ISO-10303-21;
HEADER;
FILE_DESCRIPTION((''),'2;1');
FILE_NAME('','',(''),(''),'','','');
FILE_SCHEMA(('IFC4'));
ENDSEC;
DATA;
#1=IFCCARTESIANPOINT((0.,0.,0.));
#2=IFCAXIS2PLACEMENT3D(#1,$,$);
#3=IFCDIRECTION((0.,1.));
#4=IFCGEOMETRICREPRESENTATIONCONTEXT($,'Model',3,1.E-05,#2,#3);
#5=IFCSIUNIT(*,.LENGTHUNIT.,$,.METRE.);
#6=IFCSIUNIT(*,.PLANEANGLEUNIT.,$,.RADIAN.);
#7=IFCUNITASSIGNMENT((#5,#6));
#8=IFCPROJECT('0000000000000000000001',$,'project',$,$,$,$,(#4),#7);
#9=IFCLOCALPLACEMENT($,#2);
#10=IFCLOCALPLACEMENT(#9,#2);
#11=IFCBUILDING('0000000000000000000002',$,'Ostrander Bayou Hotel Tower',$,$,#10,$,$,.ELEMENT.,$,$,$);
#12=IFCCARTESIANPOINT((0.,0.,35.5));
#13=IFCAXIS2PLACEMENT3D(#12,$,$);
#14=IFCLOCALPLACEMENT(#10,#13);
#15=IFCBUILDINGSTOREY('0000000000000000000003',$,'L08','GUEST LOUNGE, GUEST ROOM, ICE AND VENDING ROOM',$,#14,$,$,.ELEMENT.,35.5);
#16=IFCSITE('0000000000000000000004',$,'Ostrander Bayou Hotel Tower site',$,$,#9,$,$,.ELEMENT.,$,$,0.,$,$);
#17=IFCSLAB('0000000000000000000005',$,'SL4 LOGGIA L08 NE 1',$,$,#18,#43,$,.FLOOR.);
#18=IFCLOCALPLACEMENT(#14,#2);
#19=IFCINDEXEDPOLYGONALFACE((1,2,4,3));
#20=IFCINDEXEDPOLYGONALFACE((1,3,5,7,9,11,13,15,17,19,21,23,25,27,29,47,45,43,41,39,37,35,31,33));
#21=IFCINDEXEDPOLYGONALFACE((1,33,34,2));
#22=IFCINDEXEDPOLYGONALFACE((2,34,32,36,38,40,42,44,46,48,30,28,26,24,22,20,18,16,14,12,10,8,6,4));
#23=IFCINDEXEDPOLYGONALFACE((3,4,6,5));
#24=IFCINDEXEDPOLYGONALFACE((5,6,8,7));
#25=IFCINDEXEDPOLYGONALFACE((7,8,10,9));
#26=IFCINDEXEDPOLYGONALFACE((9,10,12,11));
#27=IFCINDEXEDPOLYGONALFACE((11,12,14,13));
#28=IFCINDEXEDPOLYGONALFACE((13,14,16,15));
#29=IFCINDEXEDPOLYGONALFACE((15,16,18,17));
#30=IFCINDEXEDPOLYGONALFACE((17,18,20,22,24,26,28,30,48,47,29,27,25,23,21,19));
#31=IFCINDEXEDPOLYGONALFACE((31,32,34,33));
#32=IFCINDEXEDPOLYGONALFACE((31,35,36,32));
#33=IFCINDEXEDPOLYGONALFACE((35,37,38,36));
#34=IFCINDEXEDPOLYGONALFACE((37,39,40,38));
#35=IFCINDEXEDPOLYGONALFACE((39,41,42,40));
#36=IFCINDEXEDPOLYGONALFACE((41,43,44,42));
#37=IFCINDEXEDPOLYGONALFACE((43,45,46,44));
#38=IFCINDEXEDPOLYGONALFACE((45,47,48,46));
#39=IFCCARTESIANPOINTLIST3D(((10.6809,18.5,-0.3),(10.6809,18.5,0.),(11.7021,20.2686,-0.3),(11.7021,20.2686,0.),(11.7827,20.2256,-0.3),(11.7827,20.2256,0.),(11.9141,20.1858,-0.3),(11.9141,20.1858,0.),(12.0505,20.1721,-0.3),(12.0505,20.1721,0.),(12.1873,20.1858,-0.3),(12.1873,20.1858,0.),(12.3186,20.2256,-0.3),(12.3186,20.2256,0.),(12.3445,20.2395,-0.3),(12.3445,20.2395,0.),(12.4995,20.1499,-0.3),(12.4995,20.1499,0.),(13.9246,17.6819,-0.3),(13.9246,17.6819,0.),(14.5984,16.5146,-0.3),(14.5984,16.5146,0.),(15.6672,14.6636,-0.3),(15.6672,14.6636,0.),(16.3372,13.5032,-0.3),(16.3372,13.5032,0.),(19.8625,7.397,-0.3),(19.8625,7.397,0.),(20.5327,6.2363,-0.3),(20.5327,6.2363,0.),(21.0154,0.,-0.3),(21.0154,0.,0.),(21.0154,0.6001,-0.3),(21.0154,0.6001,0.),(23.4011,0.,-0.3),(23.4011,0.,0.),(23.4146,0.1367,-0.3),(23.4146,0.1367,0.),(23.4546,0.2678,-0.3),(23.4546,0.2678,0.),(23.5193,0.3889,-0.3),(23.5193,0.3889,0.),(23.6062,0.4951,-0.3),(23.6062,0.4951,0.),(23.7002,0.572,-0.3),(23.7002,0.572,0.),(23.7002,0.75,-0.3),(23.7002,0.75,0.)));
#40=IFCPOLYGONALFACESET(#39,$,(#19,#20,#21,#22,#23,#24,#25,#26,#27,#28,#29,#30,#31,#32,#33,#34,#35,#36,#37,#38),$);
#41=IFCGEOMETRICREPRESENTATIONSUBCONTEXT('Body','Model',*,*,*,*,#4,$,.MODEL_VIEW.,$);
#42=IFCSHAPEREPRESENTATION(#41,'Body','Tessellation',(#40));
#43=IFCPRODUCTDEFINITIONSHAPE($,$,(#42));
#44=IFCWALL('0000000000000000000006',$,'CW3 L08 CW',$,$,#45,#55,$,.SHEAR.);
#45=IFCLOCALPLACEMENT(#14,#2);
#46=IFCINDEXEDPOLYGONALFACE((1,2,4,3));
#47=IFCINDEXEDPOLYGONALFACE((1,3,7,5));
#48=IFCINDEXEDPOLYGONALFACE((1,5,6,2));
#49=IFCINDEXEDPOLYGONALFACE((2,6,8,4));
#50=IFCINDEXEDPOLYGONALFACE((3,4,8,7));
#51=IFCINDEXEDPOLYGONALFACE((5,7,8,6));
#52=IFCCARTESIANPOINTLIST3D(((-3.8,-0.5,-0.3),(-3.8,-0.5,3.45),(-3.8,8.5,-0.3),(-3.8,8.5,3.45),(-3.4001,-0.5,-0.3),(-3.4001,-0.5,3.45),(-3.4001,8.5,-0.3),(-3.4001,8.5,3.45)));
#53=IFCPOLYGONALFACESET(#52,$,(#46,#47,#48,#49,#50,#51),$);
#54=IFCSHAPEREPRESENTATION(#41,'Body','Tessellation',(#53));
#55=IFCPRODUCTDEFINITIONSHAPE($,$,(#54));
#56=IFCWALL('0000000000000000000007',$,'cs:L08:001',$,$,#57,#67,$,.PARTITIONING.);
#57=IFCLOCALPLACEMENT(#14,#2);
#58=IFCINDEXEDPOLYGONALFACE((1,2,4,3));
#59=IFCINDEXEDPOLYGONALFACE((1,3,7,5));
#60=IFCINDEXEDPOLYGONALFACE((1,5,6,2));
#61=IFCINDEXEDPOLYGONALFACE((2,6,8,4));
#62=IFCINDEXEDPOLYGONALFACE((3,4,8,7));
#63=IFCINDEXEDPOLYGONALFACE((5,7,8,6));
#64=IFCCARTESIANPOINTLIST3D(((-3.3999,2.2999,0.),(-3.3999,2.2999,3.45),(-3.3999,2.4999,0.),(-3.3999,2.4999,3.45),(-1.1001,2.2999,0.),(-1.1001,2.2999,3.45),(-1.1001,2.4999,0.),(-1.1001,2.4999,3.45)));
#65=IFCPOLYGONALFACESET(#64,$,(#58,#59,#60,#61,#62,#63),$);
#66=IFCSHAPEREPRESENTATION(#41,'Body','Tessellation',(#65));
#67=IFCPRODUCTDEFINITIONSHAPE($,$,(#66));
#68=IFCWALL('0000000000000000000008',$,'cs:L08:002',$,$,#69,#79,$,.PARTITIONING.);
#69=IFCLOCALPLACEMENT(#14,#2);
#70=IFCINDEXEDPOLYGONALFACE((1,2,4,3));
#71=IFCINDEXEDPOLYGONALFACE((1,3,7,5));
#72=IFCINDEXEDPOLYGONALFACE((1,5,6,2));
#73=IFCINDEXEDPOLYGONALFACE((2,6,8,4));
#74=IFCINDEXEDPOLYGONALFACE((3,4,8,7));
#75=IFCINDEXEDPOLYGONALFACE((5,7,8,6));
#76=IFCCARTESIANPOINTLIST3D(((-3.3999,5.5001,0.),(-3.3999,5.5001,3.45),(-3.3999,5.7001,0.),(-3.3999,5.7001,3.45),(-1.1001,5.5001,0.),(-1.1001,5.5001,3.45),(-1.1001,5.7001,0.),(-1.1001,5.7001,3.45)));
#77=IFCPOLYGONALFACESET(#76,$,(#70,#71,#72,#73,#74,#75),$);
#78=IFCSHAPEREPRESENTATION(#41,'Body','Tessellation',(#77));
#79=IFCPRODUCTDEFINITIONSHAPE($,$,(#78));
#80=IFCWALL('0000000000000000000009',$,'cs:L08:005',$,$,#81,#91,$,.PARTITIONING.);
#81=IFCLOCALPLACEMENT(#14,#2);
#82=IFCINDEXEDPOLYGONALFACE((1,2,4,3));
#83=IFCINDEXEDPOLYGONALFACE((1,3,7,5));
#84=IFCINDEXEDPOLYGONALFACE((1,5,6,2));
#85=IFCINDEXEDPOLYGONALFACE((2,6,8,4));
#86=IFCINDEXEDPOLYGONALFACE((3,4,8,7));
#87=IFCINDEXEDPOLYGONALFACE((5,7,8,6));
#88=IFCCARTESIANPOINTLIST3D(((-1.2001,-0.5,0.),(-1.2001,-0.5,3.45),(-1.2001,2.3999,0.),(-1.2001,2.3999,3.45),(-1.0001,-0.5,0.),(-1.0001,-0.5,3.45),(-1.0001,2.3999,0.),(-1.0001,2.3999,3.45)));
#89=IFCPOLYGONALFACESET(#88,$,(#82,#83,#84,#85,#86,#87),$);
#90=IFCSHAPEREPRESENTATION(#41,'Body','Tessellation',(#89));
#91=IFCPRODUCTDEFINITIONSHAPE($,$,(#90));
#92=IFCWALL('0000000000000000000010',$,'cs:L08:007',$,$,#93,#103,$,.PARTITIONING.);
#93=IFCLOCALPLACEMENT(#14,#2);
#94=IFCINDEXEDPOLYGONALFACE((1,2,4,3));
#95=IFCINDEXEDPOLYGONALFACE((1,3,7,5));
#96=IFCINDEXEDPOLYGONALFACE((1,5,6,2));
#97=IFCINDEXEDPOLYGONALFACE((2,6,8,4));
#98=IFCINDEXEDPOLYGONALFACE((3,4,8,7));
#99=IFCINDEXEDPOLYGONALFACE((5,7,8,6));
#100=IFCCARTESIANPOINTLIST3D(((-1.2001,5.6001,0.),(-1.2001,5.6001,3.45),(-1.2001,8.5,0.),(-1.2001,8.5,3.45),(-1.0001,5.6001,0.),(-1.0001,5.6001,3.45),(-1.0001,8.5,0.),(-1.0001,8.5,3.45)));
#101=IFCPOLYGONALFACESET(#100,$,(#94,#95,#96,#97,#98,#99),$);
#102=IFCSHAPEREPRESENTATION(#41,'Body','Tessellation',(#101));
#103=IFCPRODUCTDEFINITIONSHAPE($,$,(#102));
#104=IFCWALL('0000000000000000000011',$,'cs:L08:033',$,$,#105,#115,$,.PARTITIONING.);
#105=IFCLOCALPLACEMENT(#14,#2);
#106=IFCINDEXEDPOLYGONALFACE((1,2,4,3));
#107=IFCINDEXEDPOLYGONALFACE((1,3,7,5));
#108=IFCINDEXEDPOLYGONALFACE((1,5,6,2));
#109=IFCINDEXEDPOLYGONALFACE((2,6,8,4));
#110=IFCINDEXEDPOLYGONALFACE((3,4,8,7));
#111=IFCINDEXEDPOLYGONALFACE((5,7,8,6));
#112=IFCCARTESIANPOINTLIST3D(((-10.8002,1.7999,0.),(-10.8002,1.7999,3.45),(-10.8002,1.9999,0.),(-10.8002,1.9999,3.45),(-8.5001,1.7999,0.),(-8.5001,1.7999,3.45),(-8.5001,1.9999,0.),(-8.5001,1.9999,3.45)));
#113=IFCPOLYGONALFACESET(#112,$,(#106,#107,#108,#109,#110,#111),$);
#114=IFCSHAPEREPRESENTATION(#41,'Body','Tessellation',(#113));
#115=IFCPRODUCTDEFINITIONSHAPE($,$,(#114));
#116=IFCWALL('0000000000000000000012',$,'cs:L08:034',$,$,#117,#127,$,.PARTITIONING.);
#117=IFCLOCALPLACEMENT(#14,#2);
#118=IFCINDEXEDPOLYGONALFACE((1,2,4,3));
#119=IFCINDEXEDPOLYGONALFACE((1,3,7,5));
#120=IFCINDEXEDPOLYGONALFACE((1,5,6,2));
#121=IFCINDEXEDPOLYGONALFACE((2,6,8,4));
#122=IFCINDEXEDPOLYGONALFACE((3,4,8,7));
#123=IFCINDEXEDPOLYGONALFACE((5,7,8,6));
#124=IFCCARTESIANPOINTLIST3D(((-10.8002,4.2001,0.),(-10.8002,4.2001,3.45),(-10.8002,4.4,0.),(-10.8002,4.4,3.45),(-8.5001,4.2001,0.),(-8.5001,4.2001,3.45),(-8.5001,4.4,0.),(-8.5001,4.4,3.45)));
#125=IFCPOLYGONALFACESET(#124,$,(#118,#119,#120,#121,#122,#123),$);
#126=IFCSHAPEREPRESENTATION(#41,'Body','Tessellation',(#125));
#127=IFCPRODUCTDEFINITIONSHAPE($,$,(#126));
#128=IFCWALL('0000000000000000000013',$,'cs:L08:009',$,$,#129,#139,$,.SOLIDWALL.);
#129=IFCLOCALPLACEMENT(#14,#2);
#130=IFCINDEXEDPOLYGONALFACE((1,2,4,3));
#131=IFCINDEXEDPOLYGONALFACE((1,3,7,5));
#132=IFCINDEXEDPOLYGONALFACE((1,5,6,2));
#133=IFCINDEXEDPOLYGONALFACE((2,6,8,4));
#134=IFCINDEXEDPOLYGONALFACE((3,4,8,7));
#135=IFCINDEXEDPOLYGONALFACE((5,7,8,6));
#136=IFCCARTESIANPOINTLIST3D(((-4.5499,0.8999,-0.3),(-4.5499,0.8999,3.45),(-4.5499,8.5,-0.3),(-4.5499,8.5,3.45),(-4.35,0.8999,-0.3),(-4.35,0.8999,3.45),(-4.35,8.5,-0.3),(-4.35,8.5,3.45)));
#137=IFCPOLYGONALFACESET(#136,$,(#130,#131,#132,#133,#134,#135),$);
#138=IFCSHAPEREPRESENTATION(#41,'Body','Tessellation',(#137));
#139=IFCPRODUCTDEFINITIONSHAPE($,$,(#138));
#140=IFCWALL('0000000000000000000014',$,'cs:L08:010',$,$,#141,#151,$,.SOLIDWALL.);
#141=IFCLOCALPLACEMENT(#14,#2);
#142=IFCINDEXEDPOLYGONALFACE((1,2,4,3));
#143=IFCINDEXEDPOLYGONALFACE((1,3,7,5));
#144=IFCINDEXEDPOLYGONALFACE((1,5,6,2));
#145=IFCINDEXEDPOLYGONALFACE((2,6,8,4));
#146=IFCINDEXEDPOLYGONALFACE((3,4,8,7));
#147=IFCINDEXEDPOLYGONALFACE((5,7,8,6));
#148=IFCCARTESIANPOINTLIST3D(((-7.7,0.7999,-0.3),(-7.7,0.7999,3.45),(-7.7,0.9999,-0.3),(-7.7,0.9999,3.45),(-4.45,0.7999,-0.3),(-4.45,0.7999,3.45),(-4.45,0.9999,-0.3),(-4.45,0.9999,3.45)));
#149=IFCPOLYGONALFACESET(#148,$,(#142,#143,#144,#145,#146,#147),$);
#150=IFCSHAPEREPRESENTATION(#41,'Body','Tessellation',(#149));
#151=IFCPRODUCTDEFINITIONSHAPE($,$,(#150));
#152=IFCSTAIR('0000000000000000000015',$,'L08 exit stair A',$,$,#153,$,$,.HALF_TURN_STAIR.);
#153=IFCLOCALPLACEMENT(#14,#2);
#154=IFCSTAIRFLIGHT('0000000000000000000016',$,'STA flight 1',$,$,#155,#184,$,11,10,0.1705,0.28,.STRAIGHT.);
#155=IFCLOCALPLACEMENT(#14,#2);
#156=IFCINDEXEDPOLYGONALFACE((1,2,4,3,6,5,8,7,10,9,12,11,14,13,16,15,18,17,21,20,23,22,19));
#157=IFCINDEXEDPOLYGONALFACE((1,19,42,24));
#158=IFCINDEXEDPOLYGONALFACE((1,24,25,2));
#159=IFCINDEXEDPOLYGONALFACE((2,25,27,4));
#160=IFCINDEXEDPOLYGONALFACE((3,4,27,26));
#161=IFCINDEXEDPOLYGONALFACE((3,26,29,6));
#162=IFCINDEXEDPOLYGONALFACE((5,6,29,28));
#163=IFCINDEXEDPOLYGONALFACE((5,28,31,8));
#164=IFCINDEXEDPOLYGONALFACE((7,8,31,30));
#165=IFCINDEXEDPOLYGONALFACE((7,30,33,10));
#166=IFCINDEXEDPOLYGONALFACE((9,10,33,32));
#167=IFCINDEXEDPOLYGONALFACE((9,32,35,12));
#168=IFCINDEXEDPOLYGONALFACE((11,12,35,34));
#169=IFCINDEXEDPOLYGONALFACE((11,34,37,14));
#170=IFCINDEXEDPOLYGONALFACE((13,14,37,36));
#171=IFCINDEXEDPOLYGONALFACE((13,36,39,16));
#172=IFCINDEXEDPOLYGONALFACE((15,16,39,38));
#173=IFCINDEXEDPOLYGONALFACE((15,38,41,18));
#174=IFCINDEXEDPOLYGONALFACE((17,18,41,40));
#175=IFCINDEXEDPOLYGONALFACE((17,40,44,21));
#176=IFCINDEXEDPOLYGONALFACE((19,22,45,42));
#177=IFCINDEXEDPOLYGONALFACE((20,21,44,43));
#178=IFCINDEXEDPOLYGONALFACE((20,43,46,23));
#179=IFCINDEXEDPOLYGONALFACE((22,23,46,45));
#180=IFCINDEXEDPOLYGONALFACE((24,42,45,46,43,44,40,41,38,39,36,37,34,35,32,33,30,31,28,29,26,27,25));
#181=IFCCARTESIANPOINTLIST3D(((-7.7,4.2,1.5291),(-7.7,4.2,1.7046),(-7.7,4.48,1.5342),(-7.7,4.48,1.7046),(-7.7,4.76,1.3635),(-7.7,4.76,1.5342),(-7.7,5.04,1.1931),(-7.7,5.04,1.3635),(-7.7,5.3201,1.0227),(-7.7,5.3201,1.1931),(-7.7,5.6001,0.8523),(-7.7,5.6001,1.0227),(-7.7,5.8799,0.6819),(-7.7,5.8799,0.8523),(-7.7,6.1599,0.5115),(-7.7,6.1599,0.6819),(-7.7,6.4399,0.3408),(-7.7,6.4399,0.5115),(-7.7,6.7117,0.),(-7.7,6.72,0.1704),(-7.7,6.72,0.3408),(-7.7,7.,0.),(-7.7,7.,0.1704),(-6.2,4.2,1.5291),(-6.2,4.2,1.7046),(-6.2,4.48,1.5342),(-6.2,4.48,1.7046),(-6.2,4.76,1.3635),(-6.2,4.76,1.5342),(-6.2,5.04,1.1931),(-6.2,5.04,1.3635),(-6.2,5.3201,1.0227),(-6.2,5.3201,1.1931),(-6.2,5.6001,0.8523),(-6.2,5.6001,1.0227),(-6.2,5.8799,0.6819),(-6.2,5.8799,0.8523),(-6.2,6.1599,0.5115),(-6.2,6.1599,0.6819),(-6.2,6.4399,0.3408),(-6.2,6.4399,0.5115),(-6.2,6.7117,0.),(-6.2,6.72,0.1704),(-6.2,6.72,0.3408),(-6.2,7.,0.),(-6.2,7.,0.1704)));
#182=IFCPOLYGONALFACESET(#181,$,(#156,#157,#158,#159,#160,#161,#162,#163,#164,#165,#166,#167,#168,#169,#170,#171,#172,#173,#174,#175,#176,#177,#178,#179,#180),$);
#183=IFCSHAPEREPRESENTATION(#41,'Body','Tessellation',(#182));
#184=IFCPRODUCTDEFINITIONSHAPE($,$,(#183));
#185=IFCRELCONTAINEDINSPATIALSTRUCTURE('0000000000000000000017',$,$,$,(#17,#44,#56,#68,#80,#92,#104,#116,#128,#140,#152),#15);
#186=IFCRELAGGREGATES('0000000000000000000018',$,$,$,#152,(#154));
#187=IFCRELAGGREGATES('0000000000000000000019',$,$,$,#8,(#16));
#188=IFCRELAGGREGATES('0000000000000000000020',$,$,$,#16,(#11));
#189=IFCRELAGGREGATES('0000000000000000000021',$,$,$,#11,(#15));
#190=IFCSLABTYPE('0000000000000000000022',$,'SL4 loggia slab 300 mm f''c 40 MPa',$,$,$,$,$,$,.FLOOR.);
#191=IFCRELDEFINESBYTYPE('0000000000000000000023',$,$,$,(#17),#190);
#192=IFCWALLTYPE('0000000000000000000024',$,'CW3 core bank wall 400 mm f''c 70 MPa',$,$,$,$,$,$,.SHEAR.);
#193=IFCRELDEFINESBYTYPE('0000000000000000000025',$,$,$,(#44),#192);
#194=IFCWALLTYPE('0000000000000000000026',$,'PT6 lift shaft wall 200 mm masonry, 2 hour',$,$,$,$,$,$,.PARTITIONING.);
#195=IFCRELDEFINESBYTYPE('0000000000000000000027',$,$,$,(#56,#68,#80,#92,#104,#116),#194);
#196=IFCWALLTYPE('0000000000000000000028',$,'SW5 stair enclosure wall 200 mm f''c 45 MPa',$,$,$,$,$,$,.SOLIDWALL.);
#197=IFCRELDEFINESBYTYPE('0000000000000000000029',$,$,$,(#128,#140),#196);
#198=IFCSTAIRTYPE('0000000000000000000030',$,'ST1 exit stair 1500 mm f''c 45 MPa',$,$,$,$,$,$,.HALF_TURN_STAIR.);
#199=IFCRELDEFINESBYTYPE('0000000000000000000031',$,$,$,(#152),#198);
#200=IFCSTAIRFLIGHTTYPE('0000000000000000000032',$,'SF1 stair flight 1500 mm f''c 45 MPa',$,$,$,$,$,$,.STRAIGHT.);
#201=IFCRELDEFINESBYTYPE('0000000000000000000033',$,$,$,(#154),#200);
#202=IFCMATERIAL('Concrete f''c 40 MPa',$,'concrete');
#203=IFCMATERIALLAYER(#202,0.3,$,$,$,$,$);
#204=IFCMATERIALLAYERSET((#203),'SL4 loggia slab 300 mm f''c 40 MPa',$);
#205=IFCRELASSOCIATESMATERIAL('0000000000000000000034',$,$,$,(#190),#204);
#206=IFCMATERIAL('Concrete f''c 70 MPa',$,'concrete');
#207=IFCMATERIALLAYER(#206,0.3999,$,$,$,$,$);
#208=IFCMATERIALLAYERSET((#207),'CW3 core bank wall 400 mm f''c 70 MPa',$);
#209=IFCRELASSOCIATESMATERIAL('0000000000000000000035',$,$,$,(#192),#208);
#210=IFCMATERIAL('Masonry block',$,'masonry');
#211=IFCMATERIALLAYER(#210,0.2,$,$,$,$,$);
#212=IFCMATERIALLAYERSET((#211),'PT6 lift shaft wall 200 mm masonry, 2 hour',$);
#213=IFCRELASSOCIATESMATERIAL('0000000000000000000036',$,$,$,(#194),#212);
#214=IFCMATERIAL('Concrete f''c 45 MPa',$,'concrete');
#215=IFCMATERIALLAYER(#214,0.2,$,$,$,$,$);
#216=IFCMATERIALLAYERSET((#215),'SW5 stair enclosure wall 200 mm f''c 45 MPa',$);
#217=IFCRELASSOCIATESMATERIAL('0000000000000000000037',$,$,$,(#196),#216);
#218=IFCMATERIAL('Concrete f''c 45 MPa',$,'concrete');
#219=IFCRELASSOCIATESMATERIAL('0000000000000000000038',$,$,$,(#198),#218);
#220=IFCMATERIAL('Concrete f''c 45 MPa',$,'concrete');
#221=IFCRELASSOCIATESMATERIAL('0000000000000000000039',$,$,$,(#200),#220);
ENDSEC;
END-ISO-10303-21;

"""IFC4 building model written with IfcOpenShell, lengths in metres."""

from ifc_helpers import new_model, si_unit, direction, frame, frame_2d, origin, place, context, subcontext, project, spatial, polyline, rectangle, outline, extrude, material, layer, layer_set, type_object, element, aggregate, save


model = new_model("IFC4")

# Units and contexts
model_context = context("Model", 3, precision=1e-05, world=origin(), true_north=direction((0.0, 1.0)))
body_context = subcontext(model_context, "Body", "Model", "MODEL_VIEW")
ifc_project = project(units=[si_unit("LENGTHUNIT", "METRE"), si_unit("PLANEANGLEUNIT", "RADIAN")], contexts=[model_context])

# Site, building, storey
site_placement = place(None, origin())
site = spatial("IfcSite", under=ifc_project, at=site_placement, Name="Ostrander Bayou Hotel Tower site", CompositionType="ELEMENT", RefElevation=0.0)
building_placement = place(site_placement, origin())
building = spatial("IfcBuilding", under=site, at=building_placement, Name="Ostrander Bayou Hotel Tower", CompositionType="ELEMENT")
storey_placement = place(building_placement, frame((0.0, 0.0, 35.5)))
storey = spatial("IfcBuildingStorey", under=building, at=storey_placement, Name="L08", Description="GUEST LOUNGE, GUEST ROOM, ICE AND VENDING ROOM", CompositionType="ELEMENT", Elevation=35.5)

# Slab
ifc_material_1 = material(Name="Concrete f'c 40 MPa", Category="concrete")
ifc_layer_1 = layer(ifc_material_1, 0.3)
ifc_layer_set_1 = layer_set([ifc_layer_1], Name="SL4 loggia slab 300 mm f'c 40 MPa")
slab_type_1 = type_object("IfcSlabType", Name="SL4 loggia slab 300 mm f'c 40 MPa", PredefinedType="FLOOR", material=ifc_layer_set_1)
slab_1_placement = place(storey_placement, frame((0.0, 0.0, -0.3)))
element("IfcSlab", 1, at=slab_1_placement, inside=storey, type_object=slab_type_1, Name="SL4 LOGGIA L08 NE 1", PredefinedType="FLOOR", context=body_context, shape_type="SweptSolid", body=[
    extrude(outline(polyline([(11.7021, 20.2686), (11.7827, 20.2256), (11.9141, 20.1858), (12.0505, 20.1721), (12.1873, 20.1858), (12.3186, 20.2256), (12.3445, 20.2395), (12.4995, 20.1499), (13.9246, 17.6819), (14.5984, 16.5146), (15.6672, 14.6636), (16.3372, 13.5032), (19.8625, 7.397), (20.5327, 6.2363), (23.7002, 0.75), (23.7002, 0.572), (23.6062, 0.4951), (23.5193, 0.3889), (23.4546, 0.2678), (23.4146, 0.1367), (23.4011, 0.0), (21.0154, 0.0), (21.0154, 0.6001), (10.6809, 18.5), (11.7021, 20.2686)])), origin(), (0.0, 0.0, 1.0), 0.3),
])

# Walls
ifc_material_2 = material(Name="Concrete f'c 70 MPa", Category="concrete")
ifc_layer_2 = layer(ifc_material_2, 0.3999)
ifc_layer_set_2 = layer_set([ifc_layer_2], Name="CW3 core bank wall 400 mm f'c 70 MPa")
wall_type_1 = type_object("IfcWallType", Name="CW3 core bank wall 400 mm f'c 70 MPa", PredefinedType="SHEAR", material=ifc_layer_set_2)
wall_1_placement = place(storey_placement, frame((-3.6001, -0.5, -0.3), z_axis=(0.0, 0.0, 1.0), x_axis=(0.0, 1.0, 0.0)))
element("IfcWall", 2, at=wall_1_placement, inside=storey, type_object=wall_type_1, Name="CW3 L08 CW", PredefinedType="SHEAR", context=body_context, shape_type="SweptSolid", body=[
    extrude(rectangle(XDim=9.0, YDim=0.3999, at=frame_2d((4.5, 0.0))), origin(), (0.0, 0.0, 1.0), 3.75),
])
ifc_material_3 = material(Name="Masonry block", Category="masonry")
ifc_layer_3 = layer(ifc_material_3, 0.2)
ifc_layer_set_3 = layer_set([ifc_layer_3], Name="PT6 lift shaft wall 200 mm masonry, 2 hour")
wall_type_2 = type_object("IfcWallType", Name="PT6 lift shaft wall 200 mm masonry, 2 hour", PredefinedType="PARTITIONING", material=ifc_layer_set_3)
for number, where, z_axis, x_axis, name in (
    (3, (-3.3999, 2.3999, 0.0), (0.0, 0.0, 1.0), (1.0, 0.0, 0.0), "cs:L08:001"),
    (4, (-3.3999, 5.6001, 0.0), (0.0, 0.0, 1.0), (1.0, 0.0, 0.0), "cs:L08:002"),
):
    element("IfcWall", number, at=place(storey_placement, frame(where, z_axis=z_axis, x_axis=x_axis)), inside=storey, type_object=wall_type_2, Name=name, PredefinedType="PARTITIONING", context=body_context, shape_type="SweptSolid", body=[
        extrude(rectangle(XDim=2.2998, YDim=0.2, at=frame_2d((1.1499, 0.0))), origin(), (0.0, 0.0, 1.0), 3.45),
    ])
for number, where, z_axis, x_axis, name in (
    (5, (-1.1001, -0.5, 0.0), (0.0, 0.0, 1.0), (0.0, 1.0, 0.0), "cs:L08:005"),
    (6, (-1.1001, 5.6001, 0.0), (0.0, 0.0, 1.0), (0.0, 1.0, 0.0), "cs:L08:007"),
):
    element("IfcWall", number, at=place(storey_placement, frame(where, z_axis=z_axis, x_axis=x_axis)), inside=storey, type_object=wall_type_2, Name=name, PredefinedType="PARTITIONING", context=body_context, shape_type="SweptSolid", body=[
        extrude(rectangle(XDim=2.8999, YDim=0.2, at=frame_2d((1.45, 0.0))), origin(), (0.0, 0.0, 1.0), 3.45),
    ])
for number, where, z_axis, x_axis, name in (
    (7, (-10.8, 1.8999, 0.0), (0.0, 0.0, 1.0), (1.0, 0.0, 0.0), "cs:L08:033"),
    (8, (-10.8, 4.3, 0.0), (0.0, 0.0, 1.0), (1.0, 0.0, 0.0), "cs:L08:034"),
):
    element("IfcWall", number, at=place(storey_placement, frame(where, z_axis=z_axis, x_axis=x_axis)), inside=storey, type_object=wall_type_2, Name=name, PredefinedType="PARTITIONING", context=body_context, shape_type="SweptSolid", body=[
        extrude(rectangle(XDim=2.3, YDim=0.2, at=frame_2d((1.1499, 0.0))), origin(), (0.0, 0.0, 1.0), 3.45),
    ])
ifc_material_4 = material(Name="Concrete f'c 45 MPa", Category="concrete")
ifc_layer_4 = layer(ifc_material_4, 0.2)
ifc_layer_set_4 = layer_set([ifc_layer_4], Name="SW5 stair enclosure wall 200 mm f'c 45 MPa")
wall_type_3 = type_object("IfcWallType", Name="SW5 stair enclosure wall 200 mm f'c 45 MPa", PredefinedType="SOLIDWALL", material=ifc_layer_set_4)
wall_2_placement = place(storey_placement, frame((-4.45, 0.8999, -0.3), z_axis=(0.0, 0.0, 1.0), x_axis=(0.0, 1.0, 0.0)))
element("IfcWall", 9, at=wall_2_placement, inside=storey, type_object=wall_type_3, Name="cs:L08:009", PredefinedType="SOLIDWALL", context=body_context, shape_type="SweptSolid", body=[
    extrude(rectangle(XDim=7.6001, YDim=0.2, at=frame_2d((3.8, 0.0))), origin(), (0.0, 0.0, 1.0), 3.75),
])
wall_3_placement = place(storey_placement, frame((-7.7, 0.8999, -0.3), z_axis=(0.0, 0.0, 1.0), x_axis=(1.0, 0.0, 0.0)))
element("IfcWall", 10, at=wall_3_placement, inside=storey, type_object=wall_type_3, Name="cs:L08:010", PredefinedType="SOLIDWALL", context=body_context, shape_type="SweptSolid", body=[
    extrude(rectangle(XDim=3.25, YDim=0.2, at=frame_2d((1.625, 0.0))), origin(), (0.0, 0.0, 1.0), 3.75),
])

# Stair, stair flight
ifc_material_5 = material(Name="Concrete f'c 45 MPa", Category="concrete")
stair_type = type_object("IfcStairType", Name="ST1 exit stair 1500 mm f'c 45 MPa", PredefinedType="HALF_TURN_STAIR", material=ifc_material_5)
stair_placement = place(storey_placement, origin())
stair = element("IfcStair", 11, at=stair_placement, inside=storey, type_object=stair_type, Name="L08 exit stair A", PredefinedType="HALF_TURN_STAIR")
ifc_material_6 = material(Name="Concrete f'c 45 MPa", Category="concrete")
stair_flight_type = type_object("IfcStairFlightType", Name="SF1 stair flight 1500 mm f'c 45 MPa", PredefinedType="STRAIGHT", material=ifc_material_6)
stair_flight_1_placement = place(storey_placement, frame((-6.95, 7.0, 0.0), z_axis=(0.0, 0.0, 1.0), x_axis=(0.0, -1.0, 0.0)))
stair_flight_1 = element("IfcStairFlight", 12, at=stair_flight_1_placement, type_object=stair_flight_type, Name="STA flight 1", NumberOfRisers=11, NumberOfTreads=10, PredefinedType="STRAIGHT", RiserHeight=0.1705, TreadLength=0.28, context=body_context, shape_type="SweptSolid", body=[
    extrude(outline(polyline([(0.0, 0.0), (0.0, 0.1704), (0.28, 0.1704), (0.28, 0.3408), (0.5601, 0.3408), (0.5601, 0.5115), (0.8401, 0.5115), (0.8401, 0.6819), (1.1201, 0.6819), (1.1201, 0.8523), (1.3999, 0.8523), (1.3999, 1.0227), (1.6799, 1.0227), (1.6799, 1.1931), (1.96, 1.1931), (1.96, 1.3635), (2.24, 1.3635), (2.24, 1.5342), (2.52, 1.5342), (2.52, 1.7046), (2.8, 1.7046), (2.8, 1.875), (2.8, 1.5291), (0.2883, 0.0), (0.0, 0.0)])), frame((0.0, 0.75, 0.0), z_axis=(0.0, -1.0, 0.0), x_axis=(1.0, 0.0, 0.0)), (0.0, 0.0, 1.0), 1.5),
])
aggregate(stair, [stair_flight_1])

save(model, "model.ifc")
